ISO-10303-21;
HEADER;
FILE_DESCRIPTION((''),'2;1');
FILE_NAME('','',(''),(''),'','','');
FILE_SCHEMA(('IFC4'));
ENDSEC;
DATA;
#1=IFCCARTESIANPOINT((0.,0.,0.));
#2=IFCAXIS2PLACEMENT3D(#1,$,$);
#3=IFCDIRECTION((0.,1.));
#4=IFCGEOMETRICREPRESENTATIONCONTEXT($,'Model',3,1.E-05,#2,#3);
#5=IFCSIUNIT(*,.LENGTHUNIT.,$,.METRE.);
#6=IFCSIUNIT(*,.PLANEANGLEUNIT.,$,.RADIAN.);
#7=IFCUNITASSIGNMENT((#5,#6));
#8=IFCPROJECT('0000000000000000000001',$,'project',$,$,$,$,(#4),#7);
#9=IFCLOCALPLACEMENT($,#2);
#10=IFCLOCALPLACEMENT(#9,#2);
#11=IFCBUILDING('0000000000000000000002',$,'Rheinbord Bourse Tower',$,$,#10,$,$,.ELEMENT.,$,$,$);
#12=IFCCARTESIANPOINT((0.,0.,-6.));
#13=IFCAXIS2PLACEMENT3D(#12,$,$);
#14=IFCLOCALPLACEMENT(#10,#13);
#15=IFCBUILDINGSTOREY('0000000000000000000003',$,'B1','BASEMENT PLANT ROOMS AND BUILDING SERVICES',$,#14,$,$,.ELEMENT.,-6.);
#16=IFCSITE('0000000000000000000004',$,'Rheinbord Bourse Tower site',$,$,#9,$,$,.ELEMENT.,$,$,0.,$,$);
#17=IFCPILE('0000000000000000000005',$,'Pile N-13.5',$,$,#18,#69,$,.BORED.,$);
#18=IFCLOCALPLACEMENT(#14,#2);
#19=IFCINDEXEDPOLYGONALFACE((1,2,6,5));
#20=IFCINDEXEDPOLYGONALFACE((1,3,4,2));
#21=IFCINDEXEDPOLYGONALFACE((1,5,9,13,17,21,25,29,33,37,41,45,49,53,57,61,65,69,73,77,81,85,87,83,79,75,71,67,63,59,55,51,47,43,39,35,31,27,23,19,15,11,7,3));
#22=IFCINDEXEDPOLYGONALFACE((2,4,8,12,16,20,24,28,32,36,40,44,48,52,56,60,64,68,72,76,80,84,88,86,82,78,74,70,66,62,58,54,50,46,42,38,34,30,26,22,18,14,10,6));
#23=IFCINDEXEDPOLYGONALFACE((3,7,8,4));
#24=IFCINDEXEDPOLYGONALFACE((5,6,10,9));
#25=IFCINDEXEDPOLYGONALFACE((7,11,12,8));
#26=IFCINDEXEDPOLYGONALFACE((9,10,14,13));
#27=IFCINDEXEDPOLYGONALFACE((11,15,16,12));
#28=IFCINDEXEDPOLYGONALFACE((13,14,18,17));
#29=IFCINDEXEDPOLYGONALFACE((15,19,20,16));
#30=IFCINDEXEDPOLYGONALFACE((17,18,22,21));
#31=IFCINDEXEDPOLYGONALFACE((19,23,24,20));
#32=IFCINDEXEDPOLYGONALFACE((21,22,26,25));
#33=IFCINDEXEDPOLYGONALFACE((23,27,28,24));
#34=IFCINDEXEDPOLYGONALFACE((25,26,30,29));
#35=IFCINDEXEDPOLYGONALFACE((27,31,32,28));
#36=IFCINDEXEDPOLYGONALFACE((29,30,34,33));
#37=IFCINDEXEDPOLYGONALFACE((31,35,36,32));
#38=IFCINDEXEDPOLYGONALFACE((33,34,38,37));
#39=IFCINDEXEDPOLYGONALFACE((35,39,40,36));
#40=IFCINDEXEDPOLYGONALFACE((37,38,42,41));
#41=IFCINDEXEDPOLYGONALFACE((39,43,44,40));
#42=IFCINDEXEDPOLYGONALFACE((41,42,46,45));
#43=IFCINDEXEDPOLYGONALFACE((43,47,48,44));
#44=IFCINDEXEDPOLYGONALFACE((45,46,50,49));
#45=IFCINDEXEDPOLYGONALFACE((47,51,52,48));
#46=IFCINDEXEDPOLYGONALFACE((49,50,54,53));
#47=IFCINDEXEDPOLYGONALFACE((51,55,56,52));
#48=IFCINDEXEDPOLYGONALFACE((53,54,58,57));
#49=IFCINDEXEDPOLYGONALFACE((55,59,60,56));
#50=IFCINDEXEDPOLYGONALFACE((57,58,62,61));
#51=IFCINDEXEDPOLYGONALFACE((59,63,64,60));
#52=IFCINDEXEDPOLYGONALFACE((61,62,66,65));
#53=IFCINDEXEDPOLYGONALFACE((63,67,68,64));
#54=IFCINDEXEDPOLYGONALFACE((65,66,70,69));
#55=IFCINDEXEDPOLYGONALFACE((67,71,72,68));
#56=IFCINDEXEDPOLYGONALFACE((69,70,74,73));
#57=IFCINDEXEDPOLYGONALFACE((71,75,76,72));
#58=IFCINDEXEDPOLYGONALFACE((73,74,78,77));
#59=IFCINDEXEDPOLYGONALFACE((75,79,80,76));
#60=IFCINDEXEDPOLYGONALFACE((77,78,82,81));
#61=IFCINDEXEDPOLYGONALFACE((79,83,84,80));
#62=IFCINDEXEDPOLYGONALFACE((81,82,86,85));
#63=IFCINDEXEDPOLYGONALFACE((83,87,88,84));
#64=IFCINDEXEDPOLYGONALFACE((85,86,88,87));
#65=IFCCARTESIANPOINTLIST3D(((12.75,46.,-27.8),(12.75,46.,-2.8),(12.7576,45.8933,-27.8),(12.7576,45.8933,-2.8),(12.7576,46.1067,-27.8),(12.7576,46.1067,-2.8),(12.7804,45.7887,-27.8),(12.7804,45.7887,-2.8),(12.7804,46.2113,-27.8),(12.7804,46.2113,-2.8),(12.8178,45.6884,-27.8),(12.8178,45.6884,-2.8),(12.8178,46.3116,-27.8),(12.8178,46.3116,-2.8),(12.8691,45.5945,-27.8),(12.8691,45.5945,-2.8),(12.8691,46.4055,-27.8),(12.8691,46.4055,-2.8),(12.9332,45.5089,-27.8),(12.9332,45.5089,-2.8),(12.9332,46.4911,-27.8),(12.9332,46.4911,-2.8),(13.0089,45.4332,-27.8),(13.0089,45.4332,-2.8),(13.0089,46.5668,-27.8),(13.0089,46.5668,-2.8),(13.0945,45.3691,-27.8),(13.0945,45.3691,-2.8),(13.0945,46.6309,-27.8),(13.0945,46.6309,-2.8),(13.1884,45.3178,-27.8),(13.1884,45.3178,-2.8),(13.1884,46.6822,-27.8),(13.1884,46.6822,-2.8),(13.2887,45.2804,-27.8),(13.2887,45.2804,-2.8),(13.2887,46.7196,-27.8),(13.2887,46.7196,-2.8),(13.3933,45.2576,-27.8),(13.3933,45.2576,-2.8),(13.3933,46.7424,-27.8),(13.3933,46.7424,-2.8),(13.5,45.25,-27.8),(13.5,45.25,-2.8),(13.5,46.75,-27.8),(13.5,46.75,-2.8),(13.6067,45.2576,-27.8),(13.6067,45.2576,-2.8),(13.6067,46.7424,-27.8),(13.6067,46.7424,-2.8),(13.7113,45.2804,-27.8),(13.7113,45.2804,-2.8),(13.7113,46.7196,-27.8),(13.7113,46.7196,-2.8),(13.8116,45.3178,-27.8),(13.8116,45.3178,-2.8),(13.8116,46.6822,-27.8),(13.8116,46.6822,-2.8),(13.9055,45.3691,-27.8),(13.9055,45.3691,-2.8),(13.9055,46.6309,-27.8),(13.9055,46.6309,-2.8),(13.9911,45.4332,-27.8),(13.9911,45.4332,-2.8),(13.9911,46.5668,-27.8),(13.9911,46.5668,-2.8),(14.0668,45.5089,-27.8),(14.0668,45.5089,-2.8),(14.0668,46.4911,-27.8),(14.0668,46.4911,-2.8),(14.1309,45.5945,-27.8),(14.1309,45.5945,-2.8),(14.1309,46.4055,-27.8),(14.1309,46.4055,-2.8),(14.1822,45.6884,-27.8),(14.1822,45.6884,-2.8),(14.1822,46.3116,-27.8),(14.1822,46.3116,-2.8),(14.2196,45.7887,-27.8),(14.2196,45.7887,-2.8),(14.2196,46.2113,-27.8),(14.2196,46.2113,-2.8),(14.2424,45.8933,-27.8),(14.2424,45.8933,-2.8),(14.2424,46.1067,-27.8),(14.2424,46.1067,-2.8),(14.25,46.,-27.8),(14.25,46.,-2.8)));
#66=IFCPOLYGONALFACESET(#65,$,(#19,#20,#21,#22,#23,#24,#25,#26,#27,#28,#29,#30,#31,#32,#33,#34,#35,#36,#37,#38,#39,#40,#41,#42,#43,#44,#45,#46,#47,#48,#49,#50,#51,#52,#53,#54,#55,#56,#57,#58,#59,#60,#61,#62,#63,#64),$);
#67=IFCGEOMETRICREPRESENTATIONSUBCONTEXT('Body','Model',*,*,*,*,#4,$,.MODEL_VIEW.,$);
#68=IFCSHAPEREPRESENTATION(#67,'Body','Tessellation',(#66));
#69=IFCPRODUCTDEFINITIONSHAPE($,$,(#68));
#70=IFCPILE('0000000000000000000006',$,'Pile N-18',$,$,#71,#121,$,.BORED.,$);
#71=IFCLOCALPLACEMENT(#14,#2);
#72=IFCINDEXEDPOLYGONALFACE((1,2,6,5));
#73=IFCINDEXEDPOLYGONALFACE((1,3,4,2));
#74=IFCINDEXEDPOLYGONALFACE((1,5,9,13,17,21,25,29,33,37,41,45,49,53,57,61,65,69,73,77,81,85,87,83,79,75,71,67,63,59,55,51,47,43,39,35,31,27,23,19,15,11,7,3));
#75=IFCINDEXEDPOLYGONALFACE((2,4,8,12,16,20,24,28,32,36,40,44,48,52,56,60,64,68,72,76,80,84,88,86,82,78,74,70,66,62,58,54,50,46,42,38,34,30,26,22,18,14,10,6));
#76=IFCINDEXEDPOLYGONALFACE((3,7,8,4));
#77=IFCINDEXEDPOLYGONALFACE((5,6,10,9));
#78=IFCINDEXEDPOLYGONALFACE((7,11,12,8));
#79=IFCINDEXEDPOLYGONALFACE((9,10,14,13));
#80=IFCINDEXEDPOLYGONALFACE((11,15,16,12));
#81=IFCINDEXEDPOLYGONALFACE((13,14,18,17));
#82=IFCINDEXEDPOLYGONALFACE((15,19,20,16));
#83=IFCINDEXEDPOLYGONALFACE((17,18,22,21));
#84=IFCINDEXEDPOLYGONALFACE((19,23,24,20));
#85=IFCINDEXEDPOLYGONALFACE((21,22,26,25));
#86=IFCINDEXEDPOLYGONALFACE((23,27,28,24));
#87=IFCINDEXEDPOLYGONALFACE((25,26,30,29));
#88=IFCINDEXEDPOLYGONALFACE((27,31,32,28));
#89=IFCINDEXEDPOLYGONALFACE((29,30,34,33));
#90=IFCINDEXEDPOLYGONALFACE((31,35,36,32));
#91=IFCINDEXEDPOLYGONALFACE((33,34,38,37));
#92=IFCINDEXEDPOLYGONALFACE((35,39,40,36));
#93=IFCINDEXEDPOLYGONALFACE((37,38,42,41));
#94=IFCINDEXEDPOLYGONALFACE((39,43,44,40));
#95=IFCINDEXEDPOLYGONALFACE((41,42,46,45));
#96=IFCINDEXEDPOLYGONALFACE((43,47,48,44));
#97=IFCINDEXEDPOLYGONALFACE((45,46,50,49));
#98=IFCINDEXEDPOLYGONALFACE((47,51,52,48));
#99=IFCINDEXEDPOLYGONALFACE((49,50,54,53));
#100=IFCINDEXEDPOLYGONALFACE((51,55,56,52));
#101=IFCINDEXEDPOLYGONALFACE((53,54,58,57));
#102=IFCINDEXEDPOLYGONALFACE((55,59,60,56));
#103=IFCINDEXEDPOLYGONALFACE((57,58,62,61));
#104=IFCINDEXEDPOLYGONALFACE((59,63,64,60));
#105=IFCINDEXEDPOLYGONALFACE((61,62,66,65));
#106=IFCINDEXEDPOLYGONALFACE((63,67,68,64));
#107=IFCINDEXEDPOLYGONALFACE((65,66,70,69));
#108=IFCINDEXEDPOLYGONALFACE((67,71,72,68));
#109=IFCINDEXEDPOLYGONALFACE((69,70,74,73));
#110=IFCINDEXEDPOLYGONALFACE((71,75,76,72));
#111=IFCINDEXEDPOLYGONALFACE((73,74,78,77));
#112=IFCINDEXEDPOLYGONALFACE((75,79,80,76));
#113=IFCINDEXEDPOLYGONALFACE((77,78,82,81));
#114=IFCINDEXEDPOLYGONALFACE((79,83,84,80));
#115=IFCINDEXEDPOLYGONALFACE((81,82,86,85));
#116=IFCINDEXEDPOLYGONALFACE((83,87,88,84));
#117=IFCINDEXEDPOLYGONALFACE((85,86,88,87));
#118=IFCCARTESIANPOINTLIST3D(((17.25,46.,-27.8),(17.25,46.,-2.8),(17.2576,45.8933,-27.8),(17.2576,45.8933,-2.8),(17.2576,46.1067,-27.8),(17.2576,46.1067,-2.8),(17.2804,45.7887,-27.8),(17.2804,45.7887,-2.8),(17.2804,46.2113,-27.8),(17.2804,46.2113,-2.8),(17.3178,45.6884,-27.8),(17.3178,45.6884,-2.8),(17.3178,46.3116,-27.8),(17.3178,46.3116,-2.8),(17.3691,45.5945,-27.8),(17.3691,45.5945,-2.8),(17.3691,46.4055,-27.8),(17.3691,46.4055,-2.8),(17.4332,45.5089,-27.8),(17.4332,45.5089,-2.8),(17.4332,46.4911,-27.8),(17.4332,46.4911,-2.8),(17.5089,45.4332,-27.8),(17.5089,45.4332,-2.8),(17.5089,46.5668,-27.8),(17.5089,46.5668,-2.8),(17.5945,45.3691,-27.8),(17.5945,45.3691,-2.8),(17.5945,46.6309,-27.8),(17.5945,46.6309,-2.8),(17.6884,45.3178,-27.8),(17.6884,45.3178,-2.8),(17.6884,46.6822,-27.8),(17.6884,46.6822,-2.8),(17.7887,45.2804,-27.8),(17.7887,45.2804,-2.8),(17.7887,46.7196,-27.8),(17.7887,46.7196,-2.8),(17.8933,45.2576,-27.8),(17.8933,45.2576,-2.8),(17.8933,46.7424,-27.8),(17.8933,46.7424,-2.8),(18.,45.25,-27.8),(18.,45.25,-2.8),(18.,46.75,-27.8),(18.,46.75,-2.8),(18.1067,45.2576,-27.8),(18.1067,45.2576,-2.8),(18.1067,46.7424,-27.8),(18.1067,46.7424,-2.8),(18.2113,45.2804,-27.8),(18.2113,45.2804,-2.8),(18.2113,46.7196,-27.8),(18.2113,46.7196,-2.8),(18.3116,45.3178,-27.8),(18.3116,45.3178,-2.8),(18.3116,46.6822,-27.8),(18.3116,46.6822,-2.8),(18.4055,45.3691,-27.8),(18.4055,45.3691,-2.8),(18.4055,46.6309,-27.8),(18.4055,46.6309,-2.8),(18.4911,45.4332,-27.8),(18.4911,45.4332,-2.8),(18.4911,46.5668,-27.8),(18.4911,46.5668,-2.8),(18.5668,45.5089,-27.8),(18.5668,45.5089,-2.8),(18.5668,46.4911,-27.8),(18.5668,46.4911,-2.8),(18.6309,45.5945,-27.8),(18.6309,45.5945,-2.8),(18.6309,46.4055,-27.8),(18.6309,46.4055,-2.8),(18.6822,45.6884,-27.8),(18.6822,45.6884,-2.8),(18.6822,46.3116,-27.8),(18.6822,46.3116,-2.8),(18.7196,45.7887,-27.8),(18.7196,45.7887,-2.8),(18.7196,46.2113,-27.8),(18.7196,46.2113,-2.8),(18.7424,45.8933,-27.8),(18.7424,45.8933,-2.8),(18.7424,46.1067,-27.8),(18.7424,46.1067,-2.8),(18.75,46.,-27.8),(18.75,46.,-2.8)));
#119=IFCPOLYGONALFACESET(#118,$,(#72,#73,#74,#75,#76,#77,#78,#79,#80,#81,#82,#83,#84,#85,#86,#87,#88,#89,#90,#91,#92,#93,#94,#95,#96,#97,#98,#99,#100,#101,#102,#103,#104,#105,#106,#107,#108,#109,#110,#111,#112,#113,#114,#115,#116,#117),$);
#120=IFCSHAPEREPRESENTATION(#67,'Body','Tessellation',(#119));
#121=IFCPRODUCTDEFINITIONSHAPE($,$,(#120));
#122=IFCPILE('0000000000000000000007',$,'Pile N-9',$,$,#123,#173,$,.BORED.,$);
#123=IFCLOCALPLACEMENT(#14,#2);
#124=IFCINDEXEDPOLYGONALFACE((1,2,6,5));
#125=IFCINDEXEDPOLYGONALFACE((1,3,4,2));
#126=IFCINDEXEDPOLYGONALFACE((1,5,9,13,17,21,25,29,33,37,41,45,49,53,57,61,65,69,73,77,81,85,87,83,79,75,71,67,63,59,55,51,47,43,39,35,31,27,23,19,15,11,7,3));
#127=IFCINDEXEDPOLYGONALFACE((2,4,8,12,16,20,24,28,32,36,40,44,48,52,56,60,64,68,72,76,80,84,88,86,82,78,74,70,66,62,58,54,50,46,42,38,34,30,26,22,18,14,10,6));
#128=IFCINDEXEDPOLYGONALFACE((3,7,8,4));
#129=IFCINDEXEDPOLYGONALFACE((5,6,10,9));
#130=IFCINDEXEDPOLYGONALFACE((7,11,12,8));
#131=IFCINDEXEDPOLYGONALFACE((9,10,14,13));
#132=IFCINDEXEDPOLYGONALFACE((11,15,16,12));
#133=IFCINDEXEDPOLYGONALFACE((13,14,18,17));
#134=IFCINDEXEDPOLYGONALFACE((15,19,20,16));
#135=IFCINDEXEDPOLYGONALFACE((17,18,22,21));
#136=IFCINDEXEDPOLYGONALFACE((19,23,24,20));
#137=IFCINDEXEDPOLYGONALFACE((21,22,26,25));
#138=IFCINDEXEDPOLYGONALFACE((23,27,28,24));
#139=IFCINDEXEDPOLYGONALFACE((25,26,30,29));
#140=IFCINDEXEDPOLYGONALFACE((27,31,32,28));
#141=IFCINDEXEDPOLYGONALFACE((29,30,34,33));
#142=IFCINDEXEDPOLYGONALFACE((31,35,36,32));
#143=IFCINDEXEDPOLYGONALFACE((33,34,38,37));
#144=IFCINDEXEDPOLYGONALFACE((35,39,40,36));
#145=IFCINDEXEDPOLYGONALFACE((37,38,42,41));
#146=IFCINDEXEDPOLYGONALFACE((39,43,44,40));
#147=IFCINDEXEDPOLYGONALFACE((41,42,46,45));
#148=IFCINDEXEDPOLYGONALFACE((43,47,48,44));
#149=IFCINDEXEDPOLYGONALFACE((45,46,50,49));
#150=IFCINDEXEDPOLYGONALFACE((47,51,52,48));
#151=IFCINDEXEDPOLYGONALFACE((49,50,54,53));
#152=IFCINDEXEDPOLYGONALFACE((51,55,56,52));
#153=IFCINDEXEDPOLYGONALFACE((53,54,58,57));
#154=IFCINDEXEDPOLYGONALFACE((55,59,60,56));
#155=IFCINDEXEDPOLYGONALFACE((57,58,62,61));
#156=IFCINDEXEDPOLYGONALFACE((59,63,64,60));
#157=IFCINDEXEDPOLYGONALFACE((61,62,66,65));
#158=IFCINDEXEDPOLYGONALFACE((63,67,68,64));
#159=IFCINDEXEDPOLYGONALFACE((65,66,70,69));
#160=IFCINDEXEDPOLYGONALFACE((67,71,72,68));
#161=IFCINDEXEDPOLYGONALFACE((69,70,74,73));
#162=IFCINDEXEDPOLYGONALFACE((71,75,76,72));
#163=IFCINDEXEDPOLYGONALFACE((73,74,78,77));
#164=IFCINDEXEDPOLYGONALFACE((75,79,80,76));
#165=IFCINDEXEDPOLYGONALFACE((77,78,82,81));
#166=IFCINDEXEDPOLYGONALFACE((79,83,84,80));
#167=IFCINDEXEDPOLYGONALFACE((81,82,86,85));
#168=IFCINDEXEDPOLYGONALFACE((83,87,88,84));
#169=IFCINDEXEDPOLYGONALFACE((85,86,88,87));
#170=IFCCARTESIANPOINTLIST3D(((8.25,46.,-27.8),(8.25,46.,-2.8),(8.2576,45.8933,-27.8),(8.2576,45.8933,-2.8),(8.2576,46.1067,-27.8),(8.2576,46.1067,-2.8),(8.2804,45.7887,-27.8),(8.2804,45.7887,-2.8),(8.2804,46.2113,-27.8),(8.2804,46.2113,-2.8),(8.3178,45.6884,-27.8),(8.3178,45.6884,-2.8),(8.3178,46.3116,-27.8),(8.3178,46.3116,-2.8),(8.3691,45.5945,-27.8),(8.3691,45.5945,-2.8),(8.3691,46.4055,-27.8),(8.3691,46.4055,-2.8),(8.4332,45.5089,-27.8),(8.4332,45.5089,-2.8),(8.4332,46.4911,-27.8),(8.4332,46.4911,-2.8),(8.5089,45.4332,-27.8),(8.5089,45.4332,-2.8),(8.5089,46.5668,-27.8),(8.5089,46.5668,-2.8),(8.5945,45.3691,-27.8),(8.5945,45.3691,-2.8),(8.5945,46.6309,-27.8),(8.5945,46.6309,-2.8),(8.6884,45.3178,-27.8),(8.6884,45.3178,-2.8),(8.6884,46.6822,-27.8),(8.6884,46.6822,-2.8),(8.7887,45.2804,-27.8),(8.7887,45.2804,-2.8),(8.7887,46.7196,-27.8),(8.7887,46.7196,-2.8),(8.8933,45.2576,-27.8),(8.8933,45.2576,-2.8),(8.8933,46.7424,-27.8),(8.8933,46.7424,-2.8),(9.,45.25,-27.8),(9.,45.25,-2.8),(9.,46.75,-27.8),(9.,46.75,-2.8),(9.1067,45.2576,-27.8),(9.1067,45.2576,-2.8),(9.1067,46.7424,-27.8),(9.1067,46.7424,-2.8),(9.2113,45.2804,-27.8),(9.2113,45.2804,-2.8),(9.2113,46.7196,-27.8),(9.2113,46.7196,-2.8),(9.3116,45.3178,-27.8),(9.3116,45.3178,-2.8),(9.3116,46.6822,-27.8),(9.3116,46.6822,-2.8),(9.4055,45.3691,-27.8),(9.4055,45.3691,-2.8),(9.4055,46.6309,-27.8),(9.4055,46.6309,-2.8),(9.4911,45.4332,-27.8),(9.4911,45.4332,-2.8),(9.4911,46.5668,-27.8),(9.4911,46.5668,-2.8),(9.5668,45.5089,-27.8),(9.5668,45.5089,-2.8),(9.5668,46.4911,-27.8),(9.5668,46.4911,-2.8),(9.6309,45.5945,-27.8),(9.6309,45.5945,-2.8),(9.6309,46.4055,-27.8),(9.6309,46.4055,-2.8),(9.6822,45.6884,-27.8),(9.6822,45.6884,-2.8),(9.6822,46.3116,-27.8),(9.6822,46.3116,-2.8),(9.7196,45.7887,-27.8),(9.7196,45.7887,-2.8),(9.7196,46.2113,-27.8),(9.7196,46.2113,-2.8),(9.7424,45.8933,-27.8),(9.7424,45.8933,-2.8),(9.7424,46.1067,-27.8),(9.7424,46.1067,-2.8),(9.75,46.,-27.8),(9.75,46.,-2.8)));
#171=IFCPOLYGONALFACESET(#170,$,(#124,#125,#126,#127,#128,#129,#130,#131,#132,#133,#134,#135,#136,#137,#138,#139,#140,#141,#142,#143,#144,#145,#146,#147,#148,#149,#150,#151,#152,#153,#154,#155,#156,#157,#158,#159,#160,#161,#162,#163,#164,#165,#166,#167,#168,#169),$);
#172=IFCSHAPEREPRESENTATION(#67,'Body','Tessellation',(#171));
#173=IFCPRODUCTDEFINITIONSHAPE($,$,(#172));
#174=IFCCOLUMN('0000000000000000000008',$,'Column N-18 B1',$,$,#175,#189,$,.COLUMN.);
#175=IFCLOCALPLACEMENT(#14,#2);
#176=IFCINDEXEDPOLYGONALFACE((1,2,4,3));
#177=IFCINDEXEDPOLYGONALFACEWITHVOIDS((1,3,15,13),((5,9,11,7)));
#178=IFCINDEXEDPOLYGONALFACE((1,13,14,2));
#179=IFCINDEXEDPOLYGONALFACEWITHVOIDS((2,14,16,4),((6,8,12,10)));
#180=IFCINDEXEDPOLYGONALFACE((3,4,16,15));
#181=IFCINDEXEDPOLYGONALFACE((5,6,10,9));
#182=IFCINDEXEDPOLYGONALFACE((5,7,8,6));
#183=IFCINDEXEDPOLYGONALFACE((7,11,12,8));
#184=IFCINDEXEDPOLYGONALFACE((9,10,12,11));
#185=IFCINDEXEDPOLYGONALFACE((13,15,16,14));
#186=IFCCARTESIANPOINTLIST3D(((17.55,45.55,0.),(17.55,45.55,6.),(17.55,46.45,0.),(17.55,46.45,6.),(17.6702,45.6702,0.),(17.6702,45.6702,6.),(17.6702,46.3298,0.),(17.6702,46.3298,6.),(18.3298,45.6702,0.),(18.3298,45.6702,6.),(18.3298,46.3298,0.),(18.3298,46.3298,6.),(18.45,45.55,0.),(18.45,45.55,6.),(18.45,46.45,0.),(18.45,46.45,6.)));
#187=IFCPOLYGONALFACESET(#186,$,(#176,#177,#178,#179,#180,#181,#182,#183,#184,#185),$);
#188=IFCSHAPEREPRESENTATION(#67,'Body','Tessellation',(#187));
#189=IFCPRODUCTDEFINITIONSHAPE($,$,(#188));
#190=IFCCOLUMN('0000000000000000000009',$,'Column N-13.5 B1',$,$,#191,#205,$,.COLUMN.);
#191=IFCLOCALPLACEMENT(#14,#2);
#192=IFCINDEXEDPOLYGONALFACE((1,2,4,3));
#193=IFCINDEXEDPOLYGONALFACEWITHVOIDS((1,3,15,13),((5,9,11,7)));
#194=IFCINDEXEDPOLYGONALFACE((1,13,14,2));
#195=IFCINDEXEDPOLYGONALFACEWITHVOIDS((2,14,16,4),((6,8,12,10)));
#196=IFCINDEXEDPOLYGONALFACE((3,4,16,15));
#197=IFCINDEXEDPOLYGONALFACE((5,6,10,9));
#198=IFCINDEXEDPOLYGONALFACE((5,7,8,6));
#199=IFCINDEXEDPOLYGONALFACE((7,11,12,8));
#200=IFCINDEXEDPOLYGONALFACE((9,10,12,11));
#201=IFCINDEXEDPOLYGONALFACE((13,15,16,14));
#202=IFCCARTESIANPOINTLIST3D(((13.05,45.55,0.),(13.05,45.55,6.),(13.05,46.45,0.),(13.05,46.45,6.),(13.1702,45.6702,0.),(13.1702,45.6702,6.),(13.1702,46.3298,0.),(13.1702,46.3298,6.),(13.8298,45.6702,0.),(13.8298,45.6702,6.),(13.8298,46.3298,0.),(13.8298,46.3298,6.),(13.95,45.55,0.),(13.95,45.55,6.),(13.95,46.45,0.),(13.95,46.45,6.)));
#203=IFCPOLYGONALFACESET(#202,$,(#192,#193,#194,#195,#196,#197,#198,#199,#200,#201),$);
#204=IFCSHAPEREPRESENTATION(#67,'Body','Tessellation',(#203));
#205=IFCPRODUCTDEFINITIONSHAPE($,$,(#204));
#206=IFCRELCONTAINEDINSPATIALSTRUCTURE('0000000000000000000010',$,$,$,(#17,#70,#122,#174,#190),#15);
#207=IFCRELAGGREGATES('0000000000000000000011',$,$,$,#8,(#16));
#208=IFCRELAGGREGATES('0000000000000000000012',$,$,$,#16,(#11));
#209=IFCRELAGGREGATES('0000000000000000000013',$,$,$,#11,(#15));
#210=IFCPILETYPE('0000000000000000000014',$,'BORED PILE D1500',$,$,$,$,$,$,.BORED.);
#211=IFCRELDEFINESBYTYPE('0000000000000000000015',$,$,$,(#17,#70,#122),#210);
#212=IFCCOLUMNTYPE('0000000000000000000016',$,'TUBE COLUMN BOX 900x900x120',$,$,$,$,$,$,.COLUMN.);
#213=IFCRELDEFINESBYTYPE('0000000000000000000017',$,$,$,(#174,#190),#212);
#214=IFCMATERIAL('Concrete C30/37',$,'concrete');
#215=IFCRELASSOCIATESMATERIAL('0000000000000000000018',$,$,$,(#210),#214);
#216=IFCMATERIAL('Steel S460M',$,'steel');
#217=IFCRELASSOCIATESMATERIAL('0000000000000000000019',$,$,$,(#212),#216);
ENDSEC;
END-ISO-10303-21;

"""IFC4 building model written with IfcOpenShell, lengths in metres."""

from ifc_helpers import new_model, si_unit, direction, frame, origin, origin_2d, place, context, subcontext, project, spatial, hollow_rectangle, circle, extrude, material, material_profile, profile_set, type_object, element, save


model = new_model("IFC4")

# Units and contexts
model_context = context("Model", 3, precision=1e-05, world=origin(), true_north=direction((0.0, 1.0)))
body_context = subcontext(model_context, "Body", "Model", "MODEL_VIEW")
ifc_project = project(units=[si_unit("LENGTHUNIT", "METRE"), si_unit("PLANEANGLEUNIT", "RADIAN")], contexts=[model_context])

# Site, building, storey
site_placement = place(None, origin())
site = spatial("IfcSite", under=ifc_project, at=site_placement, Name="Rheinbord Bourse Tower site", CompositionType="ELEMENT", RefElevation=0.0)
building_placement = place(site_placement, origin())
building = spatial("IfcBuilding", under=site, at=building_placement, Name="Rheinbord Bourse Tower", CompositionType="ELEMENT")
storey_placement = place(building_placement, frame((0.0, 0.0, -6.0)))
storey = spatial("IfcBuildingStorey", under=building, at=storey_placement, Name="B1", Description="BASEMENT PLANT ROOMS AND BUILDING SERVICES", CompositionType="ELEMENT", Elevation=-6.0)

# Piles
ifc_material_1 = material(Name="Concrete C30/37", Category="concrete")
ifc_material_profile_1 = material_profile(ifc_material_1, circle(Radius=0.75, at=origin_2d()), Name="D1500")
ifc_profile_set_1 = profile_set([ifc_material_profile_1], Name="Concrete C30/37")
pile_type = type_object("IfcPileType", Name="BORED PILE D1500", PredefinedType="BORED", material=ifc_profile_set_1)
for number, where, z_axis, x_axis, name in (
    (1, (13.5, 46.0, -2.8), (0.0, 0.0, -1.0), (1.0, 0.0, 0.0), "Pile N-13.5"),
    (2, (18.0, 46.0, -2.8), (0.0, 0.0, -1.0), (1.0, 0.0, 0.0), "Pile N-18"),
    (3, (9.0, 46.0, -2.8), (0.0, 0.0, -1.0), (1.0, 0.0, 0.0), "Pile N-9"),
):
    element("IfcPile", number, at=place(storey_placement, frame(where, z_axis=z_axis, x_axis=x_axis)), inside=storey, type_object=pile_type, Name=name, PredefinedType="BORED", context=body_context, shape_type="SweptSolid", body=[
        extrude(circle(Radius=0.75, at=origin_2d()), origin(), (0.0, 0.0, 1.0), 25.0),
    ])

# Columns
ifc_material_2 = material(Name="Steel S460M", Category="steel")
ifc_material_profile_2 = material_profile(ifc_material_2, hollow_rectangle(XDim=0.8999, YDim=0.8999, WallThickness=0.1201, at=origin_2d()), Name="BOX 900x900x120")
ifc_profile_set_2 = profile_set([ifc_material_profile_2], Name="Steel S460M")
column_type = type_object("IfcColumnType", Name="TUBE COLUMN BOX 900x900x120", PredefinedType="COLUMN", material=ifc_profile_set_2)
for number, where, z_axis, x_axis, name in (
    (4, (18.0, 46.0, 0.0), (0.0, 0.0, 1.0), (0.0, 1.0, 0.0), "Column N-18 B1"),
    (5, (13.5, 46.0, 0.0), (0.0, 0.0, 1.0), (0.0, 1.0, 0.0), "Column N-13.5 B1"),
):
    element("IfcColumn", number, at=place(storey_placement, frame(where, z_axis=z_axis, x_axis=x_axis)), inside=storey, type_object=column_type, Name=name, PredefinedType="COLUMN", context=body_context, shape_type="SweptSolid", body=[
        extrude(hollow_rectangle(XDim=0.8999, YDim=0.8999, WallThickness=0.1201, at=origin_2d()), origin(), (0.0, 0.0, 1.0), 6.0),
    ])

save(model, "model.ifc")
